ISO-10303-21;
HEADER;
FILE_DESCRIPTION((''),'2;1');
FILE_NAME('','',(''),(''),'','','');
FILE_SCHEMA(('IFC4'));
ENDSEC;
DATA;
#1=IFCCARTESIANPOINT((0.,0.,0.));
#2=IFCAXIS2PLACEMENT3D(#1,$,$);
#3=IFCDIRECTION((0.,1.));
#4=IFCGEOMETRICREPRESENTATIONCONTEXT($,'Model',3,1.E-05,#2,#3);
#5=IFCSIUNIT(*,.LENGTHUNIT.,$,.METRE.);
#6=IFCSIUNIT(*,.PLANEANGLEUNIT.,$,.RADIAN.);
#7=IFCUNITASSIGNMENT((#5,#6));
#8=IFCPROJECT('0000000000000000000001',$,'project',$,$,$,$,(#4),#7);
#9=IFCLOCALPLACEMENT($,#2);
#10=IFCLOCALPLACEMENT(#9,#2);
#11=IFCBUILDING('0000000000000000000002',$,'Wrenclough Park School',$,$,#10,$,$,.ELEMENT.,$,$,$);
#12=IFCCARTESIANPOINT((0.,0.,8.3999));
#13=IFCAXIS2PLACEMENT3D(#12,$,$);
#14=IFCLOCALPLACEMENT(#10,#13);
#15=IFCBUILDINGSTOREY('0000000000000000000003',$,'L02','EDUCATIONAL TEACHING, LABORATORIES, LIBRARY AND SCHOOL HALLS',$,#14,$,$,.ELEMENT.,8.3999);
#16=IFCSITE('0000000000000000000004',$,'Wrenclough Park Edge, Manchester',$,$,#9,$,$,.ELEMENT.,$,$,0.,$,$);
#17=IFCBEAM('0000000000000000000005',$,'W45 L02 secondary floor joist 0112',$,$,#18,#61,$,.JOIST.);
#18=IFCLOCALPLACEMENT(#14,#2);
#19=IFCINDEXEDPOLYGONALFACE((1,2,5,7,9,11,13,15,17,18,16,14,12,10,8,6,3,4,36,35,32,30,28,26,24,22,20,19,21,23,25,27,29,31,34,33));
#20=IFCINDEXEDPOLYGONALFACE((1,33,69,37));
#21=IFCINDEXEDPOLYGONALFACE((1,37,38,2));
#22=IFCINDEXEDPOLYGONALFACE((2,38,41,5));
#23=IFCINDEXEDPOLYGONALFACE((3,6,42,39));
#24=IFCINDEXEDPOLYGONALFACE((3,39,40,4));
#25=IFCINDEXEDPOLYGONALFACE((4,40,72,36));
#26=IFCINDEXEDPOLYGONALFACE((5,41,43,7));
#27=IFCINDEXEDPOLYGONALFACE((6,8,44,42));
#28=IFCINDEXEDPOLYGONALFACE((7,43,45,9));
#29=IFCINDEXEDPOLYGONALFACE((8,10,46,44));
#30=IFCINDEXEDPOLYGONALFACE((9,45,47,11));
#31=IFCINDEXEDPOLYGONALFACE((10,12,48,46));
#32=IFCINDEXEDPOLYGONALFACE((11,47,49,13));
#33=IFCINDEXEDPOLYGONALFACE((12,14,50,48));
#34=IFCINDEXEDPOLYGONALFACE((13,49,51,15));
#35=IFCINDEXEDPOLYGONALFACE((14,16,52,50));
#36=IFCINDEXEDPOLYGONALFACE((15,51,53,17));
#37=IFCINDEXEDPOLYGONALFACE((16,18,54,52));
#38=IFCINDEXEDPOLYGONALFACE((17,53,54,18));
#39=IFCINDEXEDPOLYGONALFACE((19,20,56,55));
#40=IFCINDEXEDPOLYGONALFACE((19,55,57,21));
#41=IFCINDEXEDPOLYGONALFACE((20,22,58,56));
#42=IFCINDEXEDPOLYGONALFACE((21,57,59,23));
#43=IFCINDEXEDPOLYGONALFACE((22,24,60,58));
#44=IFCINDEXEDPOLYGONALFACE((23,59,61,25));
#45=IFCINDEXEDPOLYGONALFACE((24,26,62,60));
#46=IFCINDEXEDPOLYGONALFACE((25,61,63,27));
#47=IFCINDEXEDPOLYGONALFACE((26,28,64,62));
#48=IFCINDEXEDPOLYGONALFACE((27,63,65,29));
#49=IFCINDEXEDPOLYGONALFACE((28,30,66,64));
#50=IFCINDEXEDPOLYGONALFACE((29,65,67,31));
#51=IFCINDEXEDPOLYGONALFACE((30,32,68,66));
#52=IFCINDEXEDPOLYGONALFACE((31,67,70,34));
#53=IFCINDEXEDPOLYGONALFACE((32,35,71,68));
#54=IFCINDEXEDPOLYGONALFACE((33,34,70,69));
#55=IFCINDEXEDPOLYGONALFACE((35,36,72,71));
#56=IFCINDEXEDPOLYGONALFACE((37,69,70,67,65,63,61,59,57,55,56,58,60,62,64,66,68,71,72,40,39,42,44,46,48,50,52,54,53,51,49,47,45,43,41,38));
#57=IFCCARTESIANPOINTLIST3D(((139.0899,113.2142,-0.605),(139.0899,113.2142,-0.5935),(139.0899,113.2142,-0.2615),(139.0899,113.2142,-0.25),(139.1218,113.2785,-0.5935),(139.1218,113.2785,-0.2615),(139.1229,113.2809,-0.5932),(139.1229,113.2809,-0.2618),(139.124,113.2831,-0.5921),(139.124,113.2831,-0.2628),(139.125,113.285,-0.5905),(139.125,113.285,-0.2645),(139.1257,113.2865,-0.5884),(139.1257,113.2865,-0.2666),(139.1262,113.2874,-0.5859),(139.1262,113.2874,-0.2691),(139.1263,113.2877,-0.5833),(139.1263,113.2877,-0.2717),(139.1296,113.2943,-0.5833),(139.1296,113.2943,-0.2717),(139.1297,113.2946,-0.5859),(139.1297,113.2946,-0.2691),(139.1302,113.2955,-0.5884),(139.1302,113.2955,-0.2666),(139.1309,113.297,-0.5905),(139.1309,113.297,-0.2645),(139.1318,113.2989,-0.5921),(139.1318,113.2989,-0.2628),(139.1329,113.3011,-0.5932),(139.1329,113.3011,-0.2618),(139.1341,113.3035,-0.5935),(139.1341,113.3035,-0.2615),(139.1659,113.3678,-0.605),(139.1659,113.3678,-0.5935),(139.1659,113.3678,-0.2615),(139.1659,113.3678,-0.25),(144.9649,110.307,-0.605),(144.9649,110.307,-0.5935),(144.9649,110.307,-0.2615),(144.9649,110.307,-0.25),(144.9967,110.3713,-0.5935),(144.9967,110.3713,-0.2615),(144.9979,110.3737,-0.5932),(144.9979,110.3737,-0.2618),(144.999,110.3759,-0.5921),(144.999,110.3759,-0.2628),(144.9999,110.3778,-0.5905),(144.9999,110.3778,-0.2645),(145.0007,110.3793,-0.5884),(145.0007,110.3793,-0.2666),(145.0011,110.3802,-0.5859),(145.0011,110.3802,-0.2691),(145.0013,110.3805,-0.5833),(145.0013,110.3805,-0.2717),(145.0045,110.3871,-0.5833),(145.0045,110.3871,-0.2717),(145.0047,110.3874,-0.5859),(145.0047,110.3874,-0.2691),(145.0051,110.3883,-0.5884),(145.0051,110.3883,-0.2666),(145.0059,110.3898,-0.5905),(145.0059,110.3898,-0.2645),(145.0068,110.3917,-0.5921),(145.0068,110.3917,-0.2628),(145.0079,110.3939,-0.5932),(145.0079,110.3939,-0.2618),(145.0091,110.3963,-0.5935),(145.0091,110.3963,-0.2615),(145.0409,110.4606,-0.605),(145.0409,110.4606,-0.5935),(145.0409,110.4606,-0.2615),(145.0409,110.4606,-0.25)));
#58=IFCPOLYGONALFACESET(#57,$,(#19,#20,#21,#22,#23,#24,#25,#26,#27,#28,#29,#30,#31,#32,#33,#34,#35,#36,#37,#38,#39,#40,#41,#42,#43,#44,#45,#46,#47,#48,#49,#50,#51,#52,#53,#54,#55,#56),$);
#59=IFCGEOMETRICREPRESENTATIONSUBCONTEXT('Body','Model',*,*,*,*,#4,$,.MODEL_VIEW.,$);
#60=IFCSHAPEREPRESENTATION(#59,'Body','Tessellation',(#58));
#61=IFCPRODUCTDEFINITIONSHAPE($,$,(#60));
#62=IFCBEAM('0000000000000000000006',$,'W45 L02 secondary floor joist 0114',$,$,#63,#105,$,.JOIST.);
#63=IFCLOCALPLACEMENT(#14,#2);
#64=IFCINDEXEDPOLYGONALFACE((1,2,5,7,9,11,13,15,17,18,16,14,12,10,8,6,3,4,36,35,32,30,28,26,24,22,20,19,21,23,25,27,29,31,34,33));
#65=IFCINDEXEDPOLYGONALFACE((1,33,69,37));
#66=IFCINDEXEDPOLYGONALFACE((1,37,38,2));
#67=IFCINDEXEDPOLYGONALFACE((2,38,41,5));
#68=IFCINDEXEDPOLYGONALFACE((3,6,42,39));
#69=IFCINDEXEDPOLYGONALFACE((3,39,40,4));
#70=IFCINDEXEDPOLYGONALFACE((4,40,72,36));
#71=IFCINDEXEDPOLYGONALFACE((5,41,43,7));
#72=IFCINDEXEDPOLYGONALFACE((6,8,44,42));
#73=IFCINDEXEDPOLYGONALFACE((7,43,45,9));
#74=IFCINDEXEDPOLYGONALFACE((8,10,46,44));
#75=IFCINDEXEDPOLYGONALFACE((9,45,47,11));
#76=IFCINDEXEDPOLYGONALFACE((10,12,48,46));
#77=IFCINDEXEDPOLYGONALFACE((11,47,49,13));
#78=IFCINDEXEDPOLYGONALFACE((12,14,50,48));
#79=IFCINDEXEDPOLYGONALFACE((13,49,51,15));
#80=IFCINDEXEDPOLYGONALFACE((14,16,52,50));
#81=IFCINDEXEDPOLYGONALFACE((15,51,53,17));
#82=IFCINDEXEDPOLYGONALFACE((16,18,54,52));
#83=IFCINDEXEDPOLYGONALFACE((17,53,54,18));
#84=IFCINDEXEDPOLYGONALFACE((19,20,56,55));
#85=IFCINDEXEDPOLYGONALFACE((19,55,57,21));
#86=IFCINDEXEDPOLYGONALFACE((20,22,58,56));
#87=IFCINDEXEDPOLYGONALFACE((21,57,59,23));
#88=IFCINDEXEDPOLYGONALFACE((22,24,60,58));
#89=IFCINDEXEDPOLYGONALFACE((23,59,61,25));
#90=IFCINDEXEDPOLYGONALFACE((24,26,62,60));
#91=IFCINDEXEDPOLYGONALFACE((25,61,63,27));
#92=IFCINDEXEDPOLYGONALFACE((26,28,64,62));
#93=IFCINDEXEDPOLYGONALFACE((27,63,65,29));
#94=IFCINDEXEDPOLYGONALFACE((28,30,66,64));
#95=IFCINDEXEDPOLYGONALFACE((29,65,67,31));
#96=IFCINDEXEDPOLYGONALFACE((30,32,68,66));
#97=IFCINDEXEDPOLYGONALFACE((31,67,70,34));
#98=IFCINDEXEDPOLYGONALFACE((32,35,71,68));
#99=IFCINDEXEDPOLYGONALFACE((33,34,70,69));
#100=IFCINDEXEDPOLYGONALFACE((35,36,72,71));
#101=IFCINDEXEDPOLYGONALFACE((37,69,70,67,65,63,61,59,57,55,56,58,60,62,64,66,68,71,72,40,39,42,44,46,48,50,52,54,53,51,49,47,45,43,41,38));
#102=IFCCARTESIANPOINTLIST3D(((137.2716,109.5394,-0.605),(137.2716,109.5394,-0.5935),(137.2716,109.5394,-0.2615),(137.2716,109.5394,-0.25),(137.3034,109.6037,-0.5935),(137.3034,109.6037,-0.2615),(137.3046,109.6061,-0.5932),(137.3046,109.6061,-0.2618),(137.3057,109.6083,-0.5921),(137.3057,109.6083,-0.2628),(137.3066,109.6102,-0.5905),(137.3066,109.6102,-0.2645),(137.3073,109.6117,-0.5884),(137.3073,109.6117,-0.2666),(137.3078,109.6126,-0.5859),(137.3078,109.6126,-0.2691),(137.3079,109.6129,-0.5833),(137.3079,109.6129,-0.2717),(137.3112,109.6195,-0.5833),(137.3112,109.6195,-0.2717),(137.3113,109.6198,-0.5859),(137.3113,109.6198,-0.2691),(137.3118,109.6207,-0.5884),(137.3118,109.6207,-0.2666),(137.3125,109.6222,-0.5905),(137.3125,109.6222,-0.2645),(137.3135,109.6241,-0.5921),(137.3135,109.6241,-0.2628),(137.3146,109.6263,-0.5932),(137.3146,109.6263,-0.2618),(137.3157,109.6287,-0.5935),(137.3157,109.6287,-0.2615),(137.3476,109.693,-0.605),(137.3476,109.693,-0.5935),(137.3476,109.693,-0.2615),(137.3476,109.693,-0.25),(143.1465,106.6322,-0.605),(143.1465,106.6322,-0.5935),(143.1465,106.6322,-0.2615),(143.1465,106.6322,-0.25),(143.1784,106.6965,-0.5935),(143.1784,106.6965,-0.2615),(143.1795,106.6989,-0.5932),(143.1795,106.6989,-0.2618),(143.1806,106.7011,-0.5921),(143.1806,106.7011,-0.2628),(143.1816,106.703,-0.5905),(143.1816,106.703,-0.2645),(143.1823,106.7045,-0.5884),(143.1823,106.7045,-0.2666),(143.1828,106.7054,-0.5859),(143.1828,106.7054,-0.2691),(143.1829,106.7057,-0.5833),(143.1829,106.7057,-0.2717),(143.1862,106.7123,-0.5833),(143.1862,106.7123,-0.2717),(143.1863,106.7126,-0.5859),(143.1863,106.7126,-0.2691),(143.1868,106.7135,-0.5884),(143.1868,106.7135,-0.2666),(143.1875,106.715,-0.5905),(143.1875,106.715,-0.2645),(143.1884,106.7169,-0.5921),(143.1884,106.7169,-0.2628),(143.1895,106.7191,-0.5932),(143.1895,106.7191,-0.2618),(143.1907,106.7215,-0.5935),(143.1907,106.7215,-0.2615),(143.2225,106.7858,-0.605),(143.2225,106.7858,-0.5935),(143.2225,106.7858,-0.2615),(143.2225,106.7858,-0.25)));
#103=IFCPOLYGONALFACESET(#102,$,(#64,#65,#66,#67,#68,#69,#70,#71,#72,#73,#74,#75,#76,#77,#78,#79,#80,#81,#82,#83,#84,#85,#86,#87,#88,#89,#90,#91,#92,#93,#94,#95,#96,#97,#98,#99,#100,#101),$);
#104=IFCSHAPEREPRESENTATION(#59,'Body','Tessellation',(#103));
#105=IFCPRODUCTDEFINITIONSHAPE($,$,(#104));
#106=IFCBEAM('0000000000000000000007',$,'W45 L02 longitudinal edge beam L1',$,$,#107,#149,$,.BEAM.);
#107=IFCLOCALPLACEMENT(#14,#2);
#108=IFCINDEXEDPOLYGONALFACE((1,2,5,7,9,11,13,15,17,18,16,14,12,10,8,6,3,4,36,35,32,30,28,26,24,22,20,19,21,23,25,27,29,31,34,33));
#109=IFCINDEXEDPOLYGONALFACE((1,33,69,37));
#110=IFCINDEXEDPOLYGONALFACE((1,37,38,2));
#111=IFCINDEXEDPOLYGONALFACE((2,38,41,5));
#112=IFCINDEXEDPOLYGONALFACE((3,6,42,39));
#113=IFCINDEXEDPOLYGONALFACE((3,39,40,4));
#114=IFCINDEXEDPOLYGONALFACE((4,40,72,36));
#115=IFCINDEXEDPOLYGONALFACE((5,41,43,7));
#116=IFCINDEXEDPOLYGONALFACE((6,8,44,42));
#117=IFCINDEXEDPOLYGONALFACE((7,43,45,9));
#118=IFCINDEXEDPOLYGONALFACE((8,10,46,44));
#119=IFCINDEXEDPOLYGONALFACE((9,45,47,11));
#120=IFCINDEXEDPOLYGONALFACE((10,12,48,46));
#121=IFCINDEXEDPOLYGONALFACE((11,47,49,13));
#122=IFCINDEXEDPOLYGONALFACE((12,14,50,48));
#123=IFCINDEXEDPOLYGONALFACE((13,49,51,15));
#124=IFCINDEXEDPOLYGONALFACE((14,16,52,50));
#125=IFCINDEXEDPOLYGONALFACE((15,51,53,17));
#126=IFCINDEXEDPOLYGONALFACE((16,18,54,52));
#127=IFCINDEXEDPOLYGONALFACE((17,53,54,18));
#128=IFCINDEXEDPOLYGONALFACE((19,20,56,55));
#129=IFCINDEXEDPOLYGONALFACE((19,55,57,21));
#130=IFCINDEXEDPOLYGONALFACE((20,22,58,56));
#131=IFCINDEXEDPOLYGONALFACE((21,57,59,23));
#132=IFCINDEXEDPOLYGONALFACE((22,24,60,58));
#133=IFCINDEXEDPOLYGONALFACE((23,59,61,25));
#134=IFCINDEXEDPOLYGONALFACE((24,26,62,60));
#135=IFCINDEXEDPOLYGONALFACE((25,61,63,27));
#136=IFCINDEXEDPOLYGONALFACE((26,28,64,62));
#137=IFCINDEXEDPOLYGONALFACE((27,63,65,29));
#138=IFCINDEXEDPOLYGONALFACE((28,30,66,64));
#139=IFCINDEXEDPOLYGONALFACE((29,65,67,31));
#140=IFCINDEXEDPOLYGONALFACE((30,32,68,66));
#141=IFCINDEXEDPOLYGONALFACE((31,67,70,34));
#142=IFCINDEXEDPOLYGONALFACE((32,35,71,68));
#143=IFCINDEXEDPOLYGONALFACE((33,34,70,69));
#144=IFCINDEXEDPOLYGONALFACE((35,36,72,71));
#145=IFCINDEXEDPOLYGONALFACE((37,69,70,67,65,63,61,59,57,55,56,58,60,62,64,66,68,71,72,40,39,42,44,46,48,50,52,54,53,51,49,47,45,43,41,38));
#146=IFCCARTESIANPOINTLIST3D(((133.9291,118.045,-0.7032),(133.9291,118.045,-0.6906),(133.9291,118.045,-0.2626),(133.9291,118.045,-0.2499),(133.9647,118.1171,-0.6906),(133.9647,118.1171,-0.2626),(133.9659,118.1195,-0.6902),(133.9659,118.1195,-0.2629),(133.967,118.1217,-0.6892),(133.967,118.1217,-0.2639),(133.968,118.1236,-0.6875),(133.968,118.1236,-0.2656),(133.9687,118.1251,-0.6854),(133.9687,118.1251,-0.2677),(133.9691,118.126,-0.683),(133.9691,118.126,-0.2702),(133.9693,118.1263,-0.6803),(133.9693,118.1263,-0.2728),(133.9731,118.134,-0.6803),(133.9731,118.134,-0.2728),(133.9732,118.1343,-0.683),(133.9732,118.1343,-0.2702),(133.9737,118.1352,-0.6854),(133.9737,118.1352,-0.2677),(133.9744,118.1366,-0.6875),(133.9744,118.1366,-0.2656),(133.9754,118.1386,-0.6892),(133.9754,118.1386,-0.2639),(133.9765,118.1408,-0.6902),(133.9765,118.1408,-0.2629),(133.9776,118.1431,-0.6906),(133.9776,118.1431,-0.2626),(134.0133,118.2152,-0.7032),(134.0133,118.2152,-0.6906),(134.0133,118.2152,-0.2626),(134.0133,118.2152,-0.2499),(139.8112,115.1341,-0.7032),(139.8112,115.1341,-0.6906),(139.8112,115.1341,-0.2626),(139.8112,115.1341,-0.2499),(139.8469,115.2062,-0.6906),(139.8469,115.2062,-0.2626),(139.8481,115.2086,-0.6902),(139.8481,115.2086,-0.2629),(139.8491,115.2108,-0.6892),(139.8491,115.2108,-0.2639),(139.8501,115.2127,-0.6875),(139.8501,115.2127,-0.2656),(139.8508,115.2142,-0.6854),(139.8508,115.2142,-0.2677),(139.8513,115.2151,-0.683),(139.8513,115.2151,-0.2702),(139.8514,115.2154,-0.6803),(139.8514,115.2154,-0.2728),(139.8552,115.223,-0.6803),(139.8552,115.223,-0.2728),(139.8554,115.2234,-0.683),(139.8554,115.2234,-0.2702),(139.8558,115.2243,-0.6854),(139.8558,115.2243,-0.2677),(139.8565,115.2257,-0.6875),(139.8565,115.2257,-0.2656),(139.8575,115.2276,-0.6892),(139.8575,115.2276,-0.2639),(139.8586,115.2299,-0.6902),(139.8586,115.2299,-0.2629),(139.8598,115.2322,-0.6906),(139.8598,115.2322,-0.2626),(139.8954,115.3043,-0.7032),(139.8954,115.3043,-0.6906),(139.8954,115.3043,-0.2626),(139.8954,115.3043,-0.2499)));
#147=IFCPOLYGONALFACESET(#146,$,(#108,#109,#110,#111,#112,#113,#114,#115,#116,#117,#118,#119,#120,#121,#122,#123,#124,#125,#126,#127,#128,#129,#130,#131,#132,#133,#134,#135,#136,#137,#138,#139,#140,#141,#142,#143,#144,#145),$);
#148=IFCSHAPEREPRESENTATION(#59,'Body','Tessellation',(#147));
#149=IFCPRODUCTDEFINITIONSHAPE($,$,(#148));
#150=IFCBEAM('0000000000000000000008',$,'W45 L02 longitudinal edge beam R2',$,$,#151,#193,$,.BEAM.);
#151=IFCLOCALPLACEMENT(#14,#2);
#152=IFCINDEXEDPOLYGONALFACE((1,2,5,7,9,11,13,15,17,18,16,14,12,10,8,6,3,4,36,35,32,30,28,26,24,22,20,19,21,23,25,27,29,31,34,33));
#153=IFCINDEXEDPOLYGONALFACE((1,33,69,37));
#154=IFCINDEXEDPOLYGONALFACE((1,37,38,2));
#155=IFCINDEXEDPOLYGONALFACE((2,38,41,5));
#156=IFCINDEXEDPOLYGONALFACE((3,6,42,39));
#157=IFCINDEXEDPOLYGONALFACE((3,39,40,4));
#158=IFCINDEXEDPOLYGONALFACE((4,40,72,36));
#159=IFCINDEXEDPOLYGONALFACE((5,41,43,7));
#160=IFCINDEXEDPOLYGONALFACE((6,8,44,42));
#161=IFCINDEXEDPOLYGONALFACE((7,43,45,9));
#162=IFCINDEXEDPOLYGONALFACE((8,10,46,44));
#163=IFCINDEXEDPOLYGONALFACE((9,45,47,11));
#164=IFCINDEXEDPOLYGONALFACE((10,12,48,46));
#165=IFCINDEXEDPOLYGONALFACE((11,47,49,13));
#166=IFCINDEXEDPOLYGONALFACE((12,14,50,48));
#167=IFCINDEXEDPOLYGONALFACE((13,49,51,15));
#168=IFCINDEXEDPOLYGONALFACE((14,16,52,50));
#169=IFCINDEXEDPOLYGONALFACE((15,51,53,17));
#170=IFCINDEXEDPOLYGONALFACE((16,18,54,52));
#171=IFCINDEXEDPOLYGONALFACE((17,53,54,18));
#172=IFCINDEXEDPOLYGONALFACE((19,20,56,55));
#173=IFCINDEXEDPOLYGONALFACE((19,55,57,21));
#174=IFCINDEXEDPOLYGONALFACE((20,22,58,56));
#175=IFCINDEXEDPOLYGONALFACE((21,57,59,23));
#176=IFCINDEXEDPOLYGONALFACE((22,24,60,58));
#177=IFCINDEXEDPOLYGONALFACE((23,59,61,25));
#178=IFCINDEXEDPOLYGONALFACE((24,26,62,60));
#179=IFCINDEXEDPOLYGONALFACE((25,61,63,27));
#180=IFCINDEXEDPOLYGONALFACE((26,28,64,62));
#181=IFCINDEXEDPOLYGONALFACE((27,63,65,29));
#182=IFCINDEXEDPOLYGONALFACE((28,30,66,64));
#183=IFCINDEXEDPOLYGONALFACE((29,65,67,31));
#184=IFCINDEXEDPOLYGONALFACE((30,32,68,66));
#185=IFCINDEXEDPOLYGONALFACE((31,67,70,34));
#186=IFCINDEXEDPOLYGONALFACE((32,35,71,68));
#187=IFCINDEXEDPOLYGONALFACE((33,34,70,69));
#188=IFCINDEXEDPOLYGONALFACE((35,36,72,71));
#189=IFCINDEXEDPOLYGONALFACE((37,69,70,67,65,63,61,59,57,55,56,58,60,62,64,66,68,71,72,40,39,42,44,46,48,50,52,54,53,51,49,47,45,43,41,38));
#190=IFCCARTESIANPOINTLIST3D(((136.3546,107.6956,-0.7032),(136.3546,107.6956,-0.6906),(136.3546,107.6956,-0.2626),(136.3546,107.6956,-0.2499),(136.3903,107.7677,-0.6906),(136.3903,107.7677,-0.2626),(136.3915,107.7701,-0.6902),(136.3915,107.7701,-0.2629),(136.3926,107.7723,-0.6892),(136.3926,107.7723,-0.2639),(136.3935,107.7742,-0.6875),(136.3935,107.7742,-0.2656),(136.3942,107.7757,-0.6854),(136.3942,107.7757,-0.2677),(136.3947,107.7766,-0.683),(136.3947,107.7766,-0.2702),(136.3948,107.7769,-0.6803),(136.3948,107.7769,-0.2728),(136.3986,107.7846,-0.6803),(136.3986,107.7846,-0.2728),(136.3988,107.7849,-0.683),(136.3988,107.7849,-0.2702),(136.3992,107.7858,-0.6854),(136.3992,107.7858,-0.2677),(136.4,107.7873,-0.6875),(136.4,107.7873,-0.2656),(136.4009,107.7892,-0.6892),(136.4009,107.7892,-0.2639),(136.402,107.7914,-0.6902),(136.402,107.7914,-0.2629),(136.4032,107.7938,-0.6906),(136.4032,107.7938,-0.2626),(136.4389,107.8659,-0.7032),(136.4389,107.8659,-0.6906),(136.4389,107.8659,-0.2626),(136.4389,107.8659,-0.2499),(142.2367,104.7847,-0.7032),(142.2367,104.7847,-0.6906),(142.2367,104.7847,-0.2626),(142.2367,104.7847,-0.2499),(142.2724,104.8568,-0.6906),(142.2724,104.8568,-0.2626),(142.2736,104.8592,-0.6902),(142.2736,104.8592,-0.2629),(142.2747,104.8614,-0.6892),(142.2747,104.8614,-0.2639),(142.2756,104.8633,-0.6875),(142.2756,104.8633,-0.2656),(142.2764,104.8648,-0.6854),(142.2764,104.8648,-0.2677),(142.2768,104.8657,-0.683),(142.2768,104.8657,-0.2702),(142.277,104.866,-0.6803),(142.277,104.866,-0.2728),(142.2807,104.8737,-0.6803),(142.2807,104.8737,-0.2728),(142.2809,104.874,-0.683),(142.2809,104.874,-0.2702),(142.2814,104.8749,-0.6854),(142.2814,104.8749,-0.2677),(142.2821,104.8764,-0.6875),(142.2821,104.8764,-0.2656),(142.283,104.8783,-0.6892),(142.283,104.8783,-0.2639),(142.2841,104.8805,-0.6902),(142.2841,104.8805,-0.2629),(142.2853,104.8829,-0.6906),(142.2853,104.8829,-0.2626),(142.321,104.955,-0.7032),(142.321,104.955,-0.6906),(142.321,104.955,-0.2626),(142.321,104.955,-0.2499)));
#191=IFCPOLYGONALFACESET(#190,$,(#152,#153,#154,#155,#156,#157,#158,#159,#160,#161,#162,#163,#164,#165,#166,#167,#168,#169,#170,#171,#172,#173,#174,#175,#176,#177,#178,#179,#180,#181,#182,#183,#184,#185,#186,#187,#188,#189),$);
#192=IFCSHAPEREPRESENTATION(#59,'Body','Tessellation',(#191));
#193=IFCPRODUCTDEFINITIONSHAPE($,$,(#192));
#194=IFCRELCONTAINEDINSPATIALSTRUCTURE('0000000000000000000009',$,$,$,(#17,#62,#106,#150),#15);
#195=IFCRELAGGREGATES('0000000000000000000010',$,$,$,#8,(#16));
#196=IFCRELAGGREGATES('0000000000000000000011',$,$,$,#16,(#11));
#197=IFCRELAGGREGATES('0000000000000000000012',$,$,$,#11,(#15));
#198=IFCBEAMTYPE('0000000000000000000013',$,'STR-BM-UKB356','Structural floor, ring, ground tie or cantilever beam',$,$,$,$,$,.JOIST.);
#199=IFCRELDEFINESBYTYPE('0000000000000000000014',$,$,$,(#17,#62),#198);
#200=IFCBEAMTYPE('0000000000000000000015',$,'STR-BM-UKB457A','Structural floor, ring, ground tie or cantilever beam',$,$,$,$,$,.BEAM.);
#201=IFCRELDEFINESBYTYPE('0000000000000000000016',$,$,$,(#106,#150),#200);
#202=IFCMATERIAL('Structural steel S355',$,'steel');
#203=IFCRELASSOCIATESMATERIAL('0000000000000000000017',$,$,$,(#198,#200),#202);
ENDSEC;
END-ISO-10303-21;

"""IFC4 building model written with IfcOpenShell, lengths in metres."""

from ifc_helpers import new_model, si_unit, direction, frame, origin, origin_2d, place, context, subcontext, project, spatial, i_section, extrude, material, material_profile, profile_set, type_object, element, save


model = new_model("IFC4")

# Units and contexts
model_context = context("Model", 3, precision=1e-05, world=origin(), true_north=direction((0.0, 1.0)))
body_context = subcontext(model_context, "Body", "Model", "MODEL_VIEW")
ifc_project = project(units=[si_unit("LENGTHUNIT", "METRE"), si_unit("PLANEANGLEUNIT", "RADIAN")], contexts=[model_context])

# Site, building, storey
site_placement = place(None, origin())
site = spatial("IfcSite", under=ifc_project, at=site_placement, Name="Wrenclough Park Edge, Manchester", CompositionType="ELEMENT", RefElevation=0.0)
building_placement = place(site_placement, origin())
building = spatial("IfcBuilding", under=site, at=building_placement, Name="Wrenclough Park School", CompositionType="ELEMENT")
storey_placement = place(building_placement, frame((0.0, 0.0, 8.3999)))
storey = spatial("IfcBuildingStorey", under=building, at=storey_placement, Name="L02", Description="EDUCATIONAL TEACHING, LABORATORIES, LIBRARY AND SCHOOL HALLS", CompositionType="ELEMENT", Elevation=8.3999)

# Shared definitions
ifc_material_1 = material(Name="Structural steel S355", Category="steel")

# Beams
ifc_material_profile_1 = material_profile(ifc_material_1, i_section(OverallWidth=0.1714, OverallDepth=0.355, WebThickness=0.0073, FlangeThickness=0.0115, FilletRadius=0.0103, at=origin_2d()), Name="UKB 356x171x51")
ifc_profile_set_1 = profile_set([ifc_material_profile_1], Name="Structural steel S355")
beam_type_1 = type_object("IfcBeamType", Name="STR-BM-UKB356", Description="Structural floor, ring, ground tie or cantilever beam", PredefinedType="JOIST", material=ifc_profile_set_1)
for number, where, z_axis, x_axis, name in (
    (1, (139.1279, 113.291, -0.4275), (0.896267, -0.443515, 0.0), (0.443515, 0.896267, 0.0), "W45 L02 secondary floor joist 0112"),
    (2, (137.3096, 109.6162, -0.4275), (0.896267, -0.443515, 0.0), (0.443515, 0.896267, 0.0), "W45 L02 secondary floor joist 0114"),
):
    element("IfcBeam", number, at=place(storey_placement, frame(where, z_axis=z_axis, x_axis=x_axis)), inside=storey, type_object=beam_type_1, Name=name, PredefinedType="JOIST", context=body_context, shape_type="SweptSolid", body=[
        extrude(i_section(OverallWidth=0.1714, OverallDepth=0.355, WebThickness=0.0073, FlangeThickness=0.0115, FilletRadius=0.0103, at=origin_2d()), origin(), (0.0, 0.0, 1.0), 6.5549),
    ])
ifc_material_profile_2 = material_profile(ifc_material_1, i_section(OverallWidth=0.1899, OverallDepth=0.4534, WebThickness=0.0085, FlangeThickness=0.0127, FilletRadius=0.0103, at=origin_2d()), Name="UKB 457x191x67")
ifc_profile_set_2 = profile_set([ifc_material_profile_2], Name="Structural steel S355")
beam_type_2 = type_object("IfcBeamType", Name="STR-BM-UKB457A", Description="Structural floor, ring, ground tie or cantilever beam", PredefinedType="BEAM", material=ifc_profile_set_2)
for number, where, z_axis, x_axis, name in (
    (3, (133.9712, 118.1301, -0.4766), (0.896257, -0.443534, 0.0), (0.443534, 0.896257, 0.0), "W45 L02 longitudinal edge beam L1"),
    (4, (136.3967, 107.7808, -0.4766), (0.896257, -0.443534, 0.0), (0.443534, 0.896257, 0.0), "W45 L02 longitudinal edge beam R2"),
):
    element("IfcBeam", number, at=place(storey_placement, frame(where, z_axis=z_axis, x_axis=x_axis)), inside=storey, type_object=beam_type_2, Name=name, PredefinedType="BEAM", context=body_context, shape_type="SweptSolid", body=[
        extrude(i_section(OverallWidth=0.1899, OverallDepth=0.4534, WebThickness=0.0085, FlangeThickness=0.0127, FilletRadius=0.0103, at=origin_2d()), origin(), (0.0, 0.0, 1.0), 6.563),
    ])

save(model, "model.ifc")
